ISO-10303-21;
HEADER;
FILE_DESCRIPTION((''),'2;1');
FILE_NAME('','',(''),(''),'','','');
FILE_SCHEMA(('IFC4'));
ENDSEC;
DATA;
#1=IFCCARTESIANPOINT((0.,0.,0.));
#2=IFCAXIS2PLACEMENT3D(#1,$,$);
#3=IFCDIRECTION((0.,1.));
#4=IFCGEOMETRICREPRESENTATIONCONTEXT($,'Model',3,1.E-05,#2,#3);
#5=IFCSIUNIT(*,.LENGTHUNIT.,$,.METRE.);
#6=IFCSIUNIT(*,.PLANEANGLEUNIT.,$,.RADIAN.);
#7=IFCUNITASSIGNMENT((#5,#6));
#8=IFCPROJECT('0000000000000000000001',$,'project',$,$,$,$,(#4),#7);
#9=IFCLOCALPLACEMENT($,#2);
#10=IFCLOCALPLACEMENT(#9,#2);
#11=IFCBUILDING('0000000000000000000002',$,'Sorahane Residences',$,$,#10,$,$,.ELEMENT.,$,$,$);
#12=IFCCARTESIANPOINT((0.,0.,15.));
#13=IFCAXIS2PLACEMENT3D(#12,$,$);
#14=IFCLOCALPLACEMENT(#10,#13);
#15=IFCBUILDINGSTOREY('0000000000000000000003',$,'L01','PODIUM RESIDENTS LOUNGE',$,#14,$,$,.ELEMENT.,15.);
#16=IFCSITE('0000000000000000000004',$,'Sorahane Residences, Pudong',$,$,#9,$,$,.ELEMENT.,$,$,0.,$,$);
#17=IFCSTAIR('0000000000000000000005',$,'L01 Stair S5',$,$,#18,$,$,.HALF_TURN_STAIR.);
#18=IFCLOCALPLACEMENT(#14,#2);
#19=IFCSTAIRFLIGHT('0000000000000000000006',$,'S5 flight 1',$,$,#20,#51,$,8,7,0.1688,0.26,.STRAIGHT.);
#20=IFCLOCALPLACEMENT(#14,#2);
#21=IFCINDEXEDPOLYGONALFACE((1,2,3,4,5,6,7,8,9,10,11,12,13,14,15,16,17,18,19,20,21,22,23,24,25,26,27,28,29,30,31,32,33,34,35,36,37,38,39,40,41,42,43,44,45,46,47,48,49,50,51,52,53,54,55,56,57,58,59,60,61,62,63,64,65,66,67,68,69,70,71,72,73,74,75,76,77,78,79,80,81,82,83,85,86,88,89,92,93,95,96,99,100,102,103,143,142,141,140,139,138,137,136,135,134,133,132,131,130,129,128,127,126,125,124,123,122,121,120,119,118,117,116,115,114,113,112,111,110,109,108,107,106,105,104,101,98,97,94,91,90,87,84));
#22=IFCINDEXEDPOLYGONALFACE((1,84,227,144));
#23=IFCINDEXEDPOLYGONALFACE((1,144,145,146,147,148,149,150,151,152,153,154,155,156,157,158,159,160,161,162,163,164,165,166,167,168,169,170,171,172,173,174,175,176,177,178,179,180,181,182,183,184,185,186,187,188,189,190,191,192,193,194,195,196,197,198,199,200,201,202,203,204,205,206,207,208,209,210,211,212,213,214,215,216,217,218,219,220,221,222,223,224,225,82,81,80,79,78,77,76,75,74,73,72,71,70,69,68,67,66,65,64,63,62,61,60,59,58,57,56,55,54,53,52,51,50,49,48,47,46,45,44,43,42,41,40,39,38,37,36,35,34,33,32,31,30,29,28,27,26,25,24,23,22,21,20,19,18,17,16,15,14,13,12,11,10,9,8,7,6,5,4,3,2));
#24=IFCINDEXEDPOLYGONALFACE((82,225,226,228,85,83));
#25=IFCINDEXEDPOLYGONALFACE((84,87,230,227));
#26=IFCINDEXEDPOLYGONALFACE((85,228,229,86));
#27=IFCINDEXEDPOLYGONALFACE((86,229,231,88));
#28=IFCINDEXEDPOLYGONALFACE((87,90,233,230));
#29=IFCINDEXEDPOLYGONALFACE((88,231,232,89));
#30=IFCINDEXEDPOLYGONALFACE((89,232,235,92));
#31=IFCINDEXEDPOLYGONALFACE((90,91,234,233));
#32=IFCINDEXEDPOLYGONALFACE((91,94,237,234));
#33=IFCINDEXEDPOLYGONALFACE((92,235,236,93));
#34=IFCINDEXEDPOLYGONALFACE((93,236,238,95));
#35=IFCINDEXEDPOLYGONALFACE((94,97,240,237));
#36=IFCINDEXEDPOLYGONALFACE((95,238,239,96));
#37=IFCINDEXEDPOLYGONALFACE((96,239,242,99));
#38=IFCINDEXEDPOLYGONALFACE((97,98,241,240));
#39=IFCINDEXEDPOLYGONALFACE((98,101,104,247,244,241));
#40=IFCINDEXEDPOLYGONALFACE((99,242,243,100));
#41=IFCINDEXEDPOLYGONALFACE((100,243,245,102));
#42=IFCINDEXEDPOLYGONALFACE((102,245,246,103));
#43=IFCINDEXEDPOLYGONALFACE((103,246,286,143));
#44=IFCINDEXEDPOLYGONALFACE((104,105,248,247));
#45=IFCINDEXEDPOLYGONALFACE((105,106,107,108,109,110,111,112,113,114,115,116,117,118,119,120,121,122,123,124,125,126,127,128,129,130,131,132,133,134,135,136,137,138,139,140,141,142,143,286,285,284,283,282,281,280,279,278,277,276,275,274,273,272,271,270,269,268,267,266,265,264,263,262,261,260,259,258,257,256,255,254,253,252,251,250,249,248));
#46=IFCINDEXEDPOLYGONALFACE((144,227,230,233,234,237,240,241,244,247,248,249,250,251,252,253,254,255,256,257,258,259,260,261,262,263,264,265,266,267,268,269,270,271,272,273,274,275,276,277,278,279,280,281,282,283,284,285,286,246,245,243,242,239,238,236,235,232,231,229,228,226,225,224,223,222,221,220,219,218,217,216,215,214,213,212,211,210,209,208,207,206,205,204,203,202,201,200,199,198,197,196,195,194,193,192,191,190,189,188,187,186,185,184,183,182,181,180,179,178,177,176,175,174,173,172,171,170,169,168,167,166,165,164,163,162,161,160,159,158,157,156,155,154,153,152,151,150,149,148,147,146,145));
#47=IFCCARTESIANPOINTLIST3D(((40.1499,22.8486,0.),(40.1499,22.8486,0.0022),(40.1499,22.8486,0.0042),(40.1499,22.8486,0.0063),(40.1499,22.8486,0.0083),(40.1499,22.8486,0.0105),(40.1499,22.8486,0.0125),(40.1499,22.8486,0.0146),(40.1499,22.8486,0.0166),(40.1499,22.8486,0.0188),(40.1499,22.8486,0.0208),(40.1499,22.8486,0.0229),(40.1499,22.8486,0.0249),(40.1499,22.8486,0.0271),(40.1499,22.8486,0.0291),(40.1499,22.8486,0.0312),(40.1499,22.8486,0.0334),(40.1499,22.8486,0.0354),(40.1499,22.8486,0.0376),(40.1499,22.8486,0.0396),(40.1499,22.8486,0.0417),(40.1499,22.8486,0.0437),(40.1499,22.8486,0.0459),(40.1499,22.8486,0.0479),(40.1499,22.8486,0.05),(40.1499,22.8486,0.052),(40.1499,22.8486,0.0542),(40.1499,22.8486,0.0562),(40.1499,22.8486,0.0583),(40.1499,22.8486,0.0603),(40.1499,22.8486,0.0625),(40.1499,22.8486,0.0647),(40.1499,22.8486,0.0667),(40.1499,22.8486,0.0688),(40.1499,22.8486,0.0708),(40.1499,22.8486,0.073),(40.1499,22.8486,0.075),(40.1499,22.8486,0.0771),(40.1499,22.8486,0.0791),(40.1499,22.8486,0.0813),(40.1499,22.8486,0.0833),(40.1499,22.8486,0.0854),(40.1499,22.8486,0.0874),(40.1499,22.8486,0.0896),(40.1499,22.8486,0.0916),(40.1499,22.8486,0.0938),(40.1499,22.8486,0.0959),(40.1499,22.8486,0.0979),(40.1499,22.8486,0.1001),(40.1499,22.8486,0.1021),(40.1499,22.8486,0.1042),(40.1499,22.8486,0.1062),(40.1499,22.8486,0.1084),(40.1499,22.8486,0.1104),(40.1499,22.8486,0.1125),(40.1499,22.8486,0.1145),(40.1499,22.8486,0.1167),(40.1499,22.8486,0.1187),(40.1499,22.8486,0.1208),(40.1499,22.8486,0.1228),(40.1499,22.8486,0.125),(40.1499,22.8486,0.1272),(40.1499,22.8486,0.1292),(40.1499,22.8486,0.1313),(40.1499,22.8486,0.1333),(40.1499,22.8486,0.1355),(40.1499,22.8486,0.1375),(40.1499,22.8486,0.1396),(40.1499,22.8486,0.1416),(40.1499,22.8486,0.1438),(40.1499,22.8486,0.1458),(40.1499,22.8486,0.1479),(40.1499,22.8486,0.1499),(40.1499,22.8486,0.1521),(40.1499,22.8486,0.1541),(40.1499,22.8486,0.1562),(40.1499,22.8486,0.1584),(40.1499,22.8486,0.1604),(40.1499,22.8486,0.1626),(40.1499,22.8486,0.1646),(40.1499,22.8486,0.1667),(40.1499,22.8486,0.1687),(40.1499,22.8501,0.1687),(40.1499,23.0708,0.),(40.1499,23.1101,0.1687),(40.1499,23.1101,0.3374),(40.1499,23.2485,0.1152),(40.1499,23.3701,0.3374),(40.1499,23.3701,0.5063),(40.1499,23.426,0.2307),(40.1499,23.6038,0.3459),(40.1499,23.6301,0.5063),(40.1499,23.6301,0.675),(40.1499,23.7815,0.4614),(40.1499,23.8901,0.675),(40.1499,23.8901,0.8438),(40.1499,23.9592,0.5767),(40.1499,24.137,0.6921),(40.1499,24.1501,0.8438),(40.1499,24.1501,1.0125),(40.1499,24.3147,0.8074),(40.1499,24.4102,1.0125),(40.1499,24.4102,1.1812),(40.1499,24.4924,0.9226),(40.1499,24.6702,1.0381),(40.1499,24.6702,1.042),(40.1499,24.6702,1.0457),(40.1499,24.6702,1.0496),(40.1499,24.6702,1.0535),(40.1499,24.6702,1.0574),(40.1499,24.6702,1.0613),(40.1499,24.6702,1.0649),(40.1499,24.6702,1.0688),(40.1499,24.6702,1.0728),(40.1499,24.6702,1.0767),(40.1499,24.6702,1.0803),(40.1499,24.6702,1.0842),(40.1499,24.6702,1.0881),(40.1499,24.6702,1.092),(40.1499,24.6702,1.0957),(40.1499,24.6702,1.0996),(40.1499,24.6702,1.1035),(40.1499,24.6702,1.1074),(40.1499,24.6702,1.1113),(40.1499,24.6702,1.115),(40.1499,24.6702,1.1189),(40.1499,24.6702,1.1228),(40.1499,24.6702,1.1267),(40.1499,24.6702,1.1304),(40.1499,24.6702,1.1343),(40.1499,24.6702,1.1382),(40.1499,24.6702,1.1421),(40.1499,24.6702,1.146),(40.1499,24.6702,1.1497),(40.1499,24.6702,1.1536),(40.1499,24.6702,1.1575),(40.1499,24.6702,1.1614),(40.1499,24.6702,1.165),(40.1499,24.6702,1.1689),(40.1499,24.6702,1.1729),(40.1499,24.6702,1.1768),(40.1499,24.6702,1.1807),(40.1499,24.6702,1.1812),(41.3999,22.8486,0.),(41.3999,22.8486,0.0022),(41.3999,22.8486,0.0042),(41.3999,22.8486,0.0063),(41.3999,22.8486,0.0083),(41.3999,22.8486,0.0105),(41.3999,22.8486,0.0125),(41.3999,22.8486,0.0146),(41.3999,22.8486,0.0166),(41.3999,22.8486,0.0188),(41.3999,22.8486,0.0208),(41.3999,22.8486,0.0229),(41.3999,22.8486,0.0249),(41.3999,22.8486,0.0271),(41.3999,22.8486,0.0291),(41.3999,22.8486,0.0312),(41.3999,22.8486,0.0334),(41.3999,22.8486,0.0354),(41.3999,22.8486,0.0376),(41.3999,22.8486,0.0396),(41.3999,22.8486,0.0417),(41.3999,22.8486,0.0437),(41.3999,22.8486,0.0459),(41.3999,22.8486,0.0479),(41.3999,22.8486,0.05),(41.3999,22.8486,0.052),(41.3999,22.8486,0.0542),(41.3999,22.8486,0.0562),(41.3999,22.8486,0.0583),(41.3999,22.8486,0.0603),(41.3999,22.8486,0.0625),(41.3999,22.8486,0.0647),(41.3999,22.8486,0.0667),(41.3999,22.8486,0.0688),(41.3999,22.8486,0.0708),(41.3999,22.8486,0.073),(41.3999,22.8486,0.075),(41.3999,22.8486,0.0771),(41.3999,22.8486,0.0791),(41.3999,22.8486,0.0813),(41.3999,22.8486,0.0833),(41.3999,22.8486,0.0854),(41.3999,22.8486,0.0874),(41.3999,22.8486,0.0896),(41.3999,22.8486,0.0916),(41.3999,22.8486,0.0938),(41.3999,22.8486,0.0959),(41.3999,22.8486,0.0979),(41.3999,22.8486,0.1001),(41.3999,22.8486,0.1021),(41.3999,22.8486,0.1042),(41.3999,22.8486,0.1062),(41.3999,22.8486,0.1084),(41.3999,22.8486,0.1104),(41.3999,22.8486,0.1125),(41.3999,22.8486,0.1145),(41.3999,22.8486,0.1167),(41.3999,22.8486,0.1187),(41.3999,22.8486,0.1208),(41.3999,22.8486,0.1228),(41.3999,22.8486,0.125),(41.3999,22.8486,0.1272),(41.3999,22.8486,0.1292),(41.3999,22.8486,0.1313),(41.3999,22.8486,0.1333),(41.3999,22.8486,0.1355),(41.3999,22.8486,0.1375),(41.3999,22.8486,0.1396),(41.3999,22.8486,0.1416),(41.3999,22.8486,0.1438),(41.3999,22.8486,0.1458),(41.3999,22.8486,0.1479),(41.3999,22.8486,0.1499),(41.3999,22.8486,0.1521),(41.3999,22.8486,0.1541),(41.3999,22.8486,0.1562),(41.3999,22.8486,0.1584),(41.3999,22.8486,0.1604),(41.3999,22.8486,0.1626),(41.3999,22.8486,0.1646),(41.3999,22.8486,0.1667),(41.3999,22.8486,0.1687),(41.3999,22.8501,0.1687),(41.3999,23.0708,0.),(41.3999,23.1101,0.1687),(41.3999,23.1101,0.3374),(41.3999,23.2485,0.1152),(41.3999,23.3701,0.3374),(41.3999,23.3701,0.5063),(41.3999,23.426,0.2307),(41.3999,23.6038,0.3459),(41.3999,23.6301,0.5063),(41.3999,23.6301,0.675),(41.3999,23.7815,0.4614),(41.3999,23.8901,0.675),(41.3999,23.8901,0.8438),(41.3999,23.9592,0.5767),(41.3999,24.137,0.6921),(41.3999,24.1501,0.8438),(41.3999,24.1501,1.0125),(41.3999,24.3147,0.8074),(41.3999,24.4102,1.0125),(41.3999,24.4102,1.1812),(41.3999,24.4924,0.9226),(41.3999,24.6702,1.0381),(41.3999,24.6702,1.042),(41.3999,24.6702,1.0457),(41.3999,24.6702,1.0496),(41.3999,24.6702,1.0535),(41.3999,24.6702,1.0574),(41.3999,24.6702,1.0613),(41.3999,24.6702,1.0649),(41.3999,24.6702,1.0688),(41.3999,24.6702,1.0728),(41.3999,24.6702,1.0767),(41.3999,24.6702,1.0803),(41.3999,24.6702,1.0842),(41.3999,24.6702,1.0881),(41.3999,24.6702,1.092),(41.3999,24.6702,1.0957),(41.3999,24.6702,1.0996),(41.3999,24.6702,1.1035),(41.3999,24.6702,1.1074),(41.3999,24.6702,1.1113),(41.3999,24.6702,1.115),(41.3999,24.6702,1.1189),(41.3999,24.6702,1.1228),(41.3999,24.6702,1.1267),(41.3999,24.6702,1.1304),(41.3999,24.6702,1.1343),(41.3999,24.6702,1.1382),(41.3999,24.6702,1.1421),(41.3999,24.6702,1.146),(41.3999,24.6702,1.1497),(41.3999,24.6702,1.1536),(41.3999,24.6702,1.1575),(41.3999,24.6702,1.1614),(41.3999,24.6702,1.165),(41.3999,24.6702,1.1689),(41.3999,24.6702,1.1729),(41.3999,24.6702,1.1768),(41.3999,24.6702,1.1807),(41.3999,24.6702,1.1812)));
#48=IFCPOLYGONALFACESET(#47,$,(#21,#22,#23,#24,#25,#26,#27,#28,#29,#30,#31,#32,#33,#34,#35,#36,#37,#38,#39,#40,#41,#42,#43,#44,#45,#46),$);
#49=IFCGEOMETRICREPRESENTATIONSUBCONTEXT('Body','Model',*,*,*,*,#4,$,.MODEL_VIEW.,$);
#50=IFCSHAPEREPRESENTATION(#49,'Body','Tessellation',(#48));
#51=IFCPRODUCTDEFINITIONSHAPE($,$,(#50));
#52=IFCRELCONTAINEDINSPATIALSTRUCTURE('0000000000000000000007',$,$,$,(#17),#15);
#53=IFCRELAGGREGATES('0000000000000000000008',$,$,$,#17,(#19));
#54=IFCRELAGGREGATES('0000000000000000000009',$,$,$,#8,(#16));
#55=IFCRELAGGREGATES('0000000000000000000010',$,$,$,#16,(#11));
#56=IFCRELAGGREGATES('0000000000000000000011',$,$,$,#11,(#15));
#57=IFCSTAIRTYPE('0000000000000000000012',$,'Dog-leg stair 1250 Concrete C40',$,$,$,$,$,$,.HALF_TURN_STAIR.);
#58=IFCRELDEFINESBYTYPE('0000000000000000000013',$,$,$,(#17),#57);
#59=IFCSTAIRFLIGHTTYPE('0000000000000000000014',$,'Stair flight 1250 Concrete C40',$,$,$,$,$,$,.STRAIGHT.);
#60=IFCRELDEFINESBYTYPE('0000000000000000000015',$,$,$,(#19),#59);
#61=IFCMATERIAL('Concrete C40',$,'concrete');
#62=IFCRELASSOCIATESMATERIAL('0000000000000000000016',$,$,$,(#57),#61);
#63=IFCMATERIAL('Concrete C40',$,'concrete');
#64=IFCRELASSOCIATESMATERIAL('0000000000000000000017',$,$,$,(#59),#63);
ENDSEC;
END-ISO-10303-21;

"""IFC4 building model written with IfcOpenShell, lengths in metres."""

from ifc_helpers import new_model, si_unit, direction, frame, origin, place, context, subcontext, project, spatial, polyline, outline, extrude, material, type_object, element, aggregate, save


model = new_model("IFC4")

# Units and contexts
model_context = context("Model", 3, precision=1e-05, world=origin(), true_north=direction((0.0, 1.0)))
body_context = subcontext(model_context, "Body", "Model", "MODEL_VIEW")
ifc_project = project(units=[si_unit("LENGTHUNIT", "METRE"), si_unit("PLANEANGLEUNIT", "RADIAN")], contexts=[model_context])

# Site, building, storey
site_placement = place(None, origin())
site = spatial("IfcSite", under=ifc_project, at=site_placement, Name="Sorahane Residences, Pudong", CompositionType="ELEMENT", RefElevation=0.0)
building_placement = place(site_placement, origin())
building = spatial("IfcBuilding", under=site, at=building_placement, Name="Sorahane Residences", CompositionType="ELEMENT")
storey_placement = place(building_placement, frame((0.0, 0.0, 15.0)))
storey = spatial("IfcBuildingStorey", under=building, at=storey_placement, Name="L01", Description="PODIUM RESIDENTS LOUNGE", CompositionType="ELEMENT", Elevation=15.0)

# Stair, stair flight
ifc_material_1 = material(Name="Concrete C40", Category="concrete")
stair_type = type_object("IfcStairType", Name="Dog-leg stair 1250 Concrete C40", PredefinedType="HALF_TURN_STAIR", material=ifc_material_1)
stair_placement = place(storey_placement, origin())
stair = element("IfcStair", 1, at=stair_placement, inside=storey, type_object=stair_type, Name="L01 Stair S5", PredefinedType="HALF_TURN_STAIR")
ifc_material_2 = material(Name="Concrete C40", Category="concrete")
stair_flight_type = type_object("IfcStairFlightType", Name="Stair flight 1250 Concrete C40", PredefinedType="STRAIGHT", material=ifc_material_2)
stair_flight_1_placement = place(storey_placement, frame((40.7749, 22.8501, 0.0), z_axis=(0.0, 0.0, 1.0), x_axis=(0.0, 1.0, 0.0)))
stair_flight_1 = element("IfcStairFlight", 2, at=stair_flight_1_placement, type_object=stair_flight_type, Name="S5 flight 1", NumberOfRisers=8, NumberOfTreads=7, PredefinedType="STRAIGHT", RiserHeight=0.1688, TreadLength=0.26, context=body_context, shape_type="SweptSolid", body=[
    extrude(outline(polyline([(-0.0015, 0.0), (-0.0015, 0.0022), (-0.0015, 0.0042), (-0.0015, 0.0063), (-0.0015, 0.0083), (-0.0015, 0.0105), (-0.0015, 0.0125), (-0.0015, 0.0146), (-0.0015, 0.0166), (-0.0015, 0.0188), (-0.0015, 0.0208), (-0.0015, 0.0229), (-0.0015, 0.0249), (-0.0015, 0.0271), (-0.0015, 0.0291), (-0.0015, 0.0312), (-0.0015, 0.0334), (-0.0015, 0.0354), (-0.0015, 0.0376), (-0.0015, 0.0396), (-0.0015, 0.0417), (-0.0015, 0.0437), (-0.0015, 0.0459), (-0.0015, 0.0479), (-0.0015, 0.05), (-0.0015, 0.052), (-0.0015, 0.0542), (-0.0015, 0.0562), (-0.0015, 0.0583), (-0.0015, 0.0603), (-0.0015, 0.0625), (-0.0015, 0.0647), (-0.0015, 0.0667), (-0.0015, 0.0688), (-0.0015, 0.0708), (-0.0015, 0.073), (-0.0015, 0.075), (-0.0015, 0.0771), (-0.0015, 0.0791), (-0.0015, 0.0813), (-0.0015, 0.0833), (-0.0015, 0.0854), (-0.0015, 0.0874), (-0.0015, 0.0896), (-0.0015, 0.0916), (-0.0015, 0.0938), (-0.0015, 0.0959), (-0.0015, 0.0979), (-0.0015, 0.1001), (-0.0015, 0.1021), (-0.0015, 0.1042), (-0.0015, 0.1062), (-0.0015, 0.1084), (-0.0015, 0.1104), (-0.0015, 0.1125), (-0.0015, 0.1145), (-0.0015, 0.1167), (-0.0015, 0.1187), (-0.0015, 0.1208), (-0.0015, 0.1228), (-0.0015, 0.125), (-0.0015, 0.1272), (-0.0015, 0.1292), (-0.0015, 0.1313), (-0.0015, 0.1333), (-0.0015, 0.1355), (-0.0015, 0.1375), (-0.0015, 0.1396), (-0.0015, 0.1416), (-0.0015, 0.1438), (-0.0015, 0.1458), (-0.0015, 0.1479), (-0.0015, 0.1499), (-0.0015, 0.1521), (-0.0015, 0.1541), (-0.0015, 0.1562), (-0.0015, 0.1584), (-0.0015, 0.1604), (-0.0015, 0.1626), (-0.0015, 0.1646), (-0.0015, 0.1667), (-0.0015, 0.1687), (0.0, 0.1687), (0.26, 0.1687), (0.26, 0.3374), (0.52, 0.3374), (0.52, 0.5063), (0.78, 0.5063), (0.78, 0.675), (1.04, 0.675), (1.04, 0.8438), (1.3, 0.8438), (1.3, 1.0125), (1.5601, 1.0125), (1.5601, 1.1812), (1.8201, 1.1812), (1.8201, 1.3501), (1.8201, 1.3462), (1.8201, 1.3423), (1.8201, 1.3384), (1.8201, 1.3347), (1.8201, 1.3308), (1.8201, 1.3269), (1.8201, 1.323), (1.8201, 1.3191), (1.8201, 1.3154), (1.8201, 1.3115), (1.8201, 1.3076), (1.8201, 1.3037), (1.8201, 1.3), (1.8201, 1.2961), (1.8201, 1.2922), (1.8201, 1.2883), (1.8201, 1.2844), (1.8201, 1.2808), (1.8201, 1.2769), (1.8201, 1.2729), (1.8201, 1.269), (1.8201, 1.2654), (1.8201, 1.2615), (1.8201, 1.2576), (1.8201, 1.2537), (1.8201, 1.2498), (1.8201, 1.2461), (1.8201, 1.2422), (1.8201, 1.2383), (1.8201, 1.2344), (1.8201, 1.2307), (1.8201, 1.2268), (1.8201, 1.2229), (1.8201, 1.219), (1.8201, 1.2151), (1.8201, 1.2114), (1.8201, 1.2075), (1.8201, 1.2036), (1.8201, 1.1997), (1.8201, 1.196), (1.8201, 1.1921), (1.8201, 1.1882), (1.8201, 1.1843), (1.8201, 1.1807), (1.8201, 1.1768), (1.8201, 1.1729), (1.8201, 1.1689), (1.8201, 1.165), (1.8201, 1.1614), (1.8201, 1.1575), (1.8201, 1.1536), (1.8201, 1.1497), (1.8201, 1.146), (1.8201, 1.1421), (1.8201, 1.1382), (1.8201, 1.1343), (1.8201, 1.1304), (1.8201, 1.1267), (1.8201, 1.1228), (1.8201, 1.1189), (1.8201, 1.115), (1.8201, 1.1113), (1.8201, 1.1074), (1.8201, 1.1035), (1.8201, 1.0996), (1.8201, 1.0957), (1.8201, 1.092), (1.8201, 1.0881), (1.8201, 1.0842), (1.8201, 1.0803), (1.8201, 1.0767), (1.8201, 1.0728), (1.8201, 1.0688), (1.8201, 1.0649), (1.8201, 1.0613), (1.8201, 1.0574), (1.8201, 1.0535), (1.8201, 1.0496), (1.8201, 1.0457), (1.8201, 1.042), (1.8201, 1.0381), (1.6423, 0.9226), (1.4646, 0.8074), (1.2869, 0.6921), (1.1091, 0.5767), (0.9314, 0.4614), (0.7537, 0.3459), (0.5759, 0.2307), (0.3984, 0.1152), (0.2207, 0.0), (-0.0015, 0.0)])), frame((0.0, 0.625, 0.0), z_axis=(0.0, -1.0, 0.0), x_axis=(1.0, 0.0, 0.0)), (0.0, 0.0, 1.0), 1.25),
])
aggregate(stair, [stair_flight_1])

save(model, "model.ifc")
